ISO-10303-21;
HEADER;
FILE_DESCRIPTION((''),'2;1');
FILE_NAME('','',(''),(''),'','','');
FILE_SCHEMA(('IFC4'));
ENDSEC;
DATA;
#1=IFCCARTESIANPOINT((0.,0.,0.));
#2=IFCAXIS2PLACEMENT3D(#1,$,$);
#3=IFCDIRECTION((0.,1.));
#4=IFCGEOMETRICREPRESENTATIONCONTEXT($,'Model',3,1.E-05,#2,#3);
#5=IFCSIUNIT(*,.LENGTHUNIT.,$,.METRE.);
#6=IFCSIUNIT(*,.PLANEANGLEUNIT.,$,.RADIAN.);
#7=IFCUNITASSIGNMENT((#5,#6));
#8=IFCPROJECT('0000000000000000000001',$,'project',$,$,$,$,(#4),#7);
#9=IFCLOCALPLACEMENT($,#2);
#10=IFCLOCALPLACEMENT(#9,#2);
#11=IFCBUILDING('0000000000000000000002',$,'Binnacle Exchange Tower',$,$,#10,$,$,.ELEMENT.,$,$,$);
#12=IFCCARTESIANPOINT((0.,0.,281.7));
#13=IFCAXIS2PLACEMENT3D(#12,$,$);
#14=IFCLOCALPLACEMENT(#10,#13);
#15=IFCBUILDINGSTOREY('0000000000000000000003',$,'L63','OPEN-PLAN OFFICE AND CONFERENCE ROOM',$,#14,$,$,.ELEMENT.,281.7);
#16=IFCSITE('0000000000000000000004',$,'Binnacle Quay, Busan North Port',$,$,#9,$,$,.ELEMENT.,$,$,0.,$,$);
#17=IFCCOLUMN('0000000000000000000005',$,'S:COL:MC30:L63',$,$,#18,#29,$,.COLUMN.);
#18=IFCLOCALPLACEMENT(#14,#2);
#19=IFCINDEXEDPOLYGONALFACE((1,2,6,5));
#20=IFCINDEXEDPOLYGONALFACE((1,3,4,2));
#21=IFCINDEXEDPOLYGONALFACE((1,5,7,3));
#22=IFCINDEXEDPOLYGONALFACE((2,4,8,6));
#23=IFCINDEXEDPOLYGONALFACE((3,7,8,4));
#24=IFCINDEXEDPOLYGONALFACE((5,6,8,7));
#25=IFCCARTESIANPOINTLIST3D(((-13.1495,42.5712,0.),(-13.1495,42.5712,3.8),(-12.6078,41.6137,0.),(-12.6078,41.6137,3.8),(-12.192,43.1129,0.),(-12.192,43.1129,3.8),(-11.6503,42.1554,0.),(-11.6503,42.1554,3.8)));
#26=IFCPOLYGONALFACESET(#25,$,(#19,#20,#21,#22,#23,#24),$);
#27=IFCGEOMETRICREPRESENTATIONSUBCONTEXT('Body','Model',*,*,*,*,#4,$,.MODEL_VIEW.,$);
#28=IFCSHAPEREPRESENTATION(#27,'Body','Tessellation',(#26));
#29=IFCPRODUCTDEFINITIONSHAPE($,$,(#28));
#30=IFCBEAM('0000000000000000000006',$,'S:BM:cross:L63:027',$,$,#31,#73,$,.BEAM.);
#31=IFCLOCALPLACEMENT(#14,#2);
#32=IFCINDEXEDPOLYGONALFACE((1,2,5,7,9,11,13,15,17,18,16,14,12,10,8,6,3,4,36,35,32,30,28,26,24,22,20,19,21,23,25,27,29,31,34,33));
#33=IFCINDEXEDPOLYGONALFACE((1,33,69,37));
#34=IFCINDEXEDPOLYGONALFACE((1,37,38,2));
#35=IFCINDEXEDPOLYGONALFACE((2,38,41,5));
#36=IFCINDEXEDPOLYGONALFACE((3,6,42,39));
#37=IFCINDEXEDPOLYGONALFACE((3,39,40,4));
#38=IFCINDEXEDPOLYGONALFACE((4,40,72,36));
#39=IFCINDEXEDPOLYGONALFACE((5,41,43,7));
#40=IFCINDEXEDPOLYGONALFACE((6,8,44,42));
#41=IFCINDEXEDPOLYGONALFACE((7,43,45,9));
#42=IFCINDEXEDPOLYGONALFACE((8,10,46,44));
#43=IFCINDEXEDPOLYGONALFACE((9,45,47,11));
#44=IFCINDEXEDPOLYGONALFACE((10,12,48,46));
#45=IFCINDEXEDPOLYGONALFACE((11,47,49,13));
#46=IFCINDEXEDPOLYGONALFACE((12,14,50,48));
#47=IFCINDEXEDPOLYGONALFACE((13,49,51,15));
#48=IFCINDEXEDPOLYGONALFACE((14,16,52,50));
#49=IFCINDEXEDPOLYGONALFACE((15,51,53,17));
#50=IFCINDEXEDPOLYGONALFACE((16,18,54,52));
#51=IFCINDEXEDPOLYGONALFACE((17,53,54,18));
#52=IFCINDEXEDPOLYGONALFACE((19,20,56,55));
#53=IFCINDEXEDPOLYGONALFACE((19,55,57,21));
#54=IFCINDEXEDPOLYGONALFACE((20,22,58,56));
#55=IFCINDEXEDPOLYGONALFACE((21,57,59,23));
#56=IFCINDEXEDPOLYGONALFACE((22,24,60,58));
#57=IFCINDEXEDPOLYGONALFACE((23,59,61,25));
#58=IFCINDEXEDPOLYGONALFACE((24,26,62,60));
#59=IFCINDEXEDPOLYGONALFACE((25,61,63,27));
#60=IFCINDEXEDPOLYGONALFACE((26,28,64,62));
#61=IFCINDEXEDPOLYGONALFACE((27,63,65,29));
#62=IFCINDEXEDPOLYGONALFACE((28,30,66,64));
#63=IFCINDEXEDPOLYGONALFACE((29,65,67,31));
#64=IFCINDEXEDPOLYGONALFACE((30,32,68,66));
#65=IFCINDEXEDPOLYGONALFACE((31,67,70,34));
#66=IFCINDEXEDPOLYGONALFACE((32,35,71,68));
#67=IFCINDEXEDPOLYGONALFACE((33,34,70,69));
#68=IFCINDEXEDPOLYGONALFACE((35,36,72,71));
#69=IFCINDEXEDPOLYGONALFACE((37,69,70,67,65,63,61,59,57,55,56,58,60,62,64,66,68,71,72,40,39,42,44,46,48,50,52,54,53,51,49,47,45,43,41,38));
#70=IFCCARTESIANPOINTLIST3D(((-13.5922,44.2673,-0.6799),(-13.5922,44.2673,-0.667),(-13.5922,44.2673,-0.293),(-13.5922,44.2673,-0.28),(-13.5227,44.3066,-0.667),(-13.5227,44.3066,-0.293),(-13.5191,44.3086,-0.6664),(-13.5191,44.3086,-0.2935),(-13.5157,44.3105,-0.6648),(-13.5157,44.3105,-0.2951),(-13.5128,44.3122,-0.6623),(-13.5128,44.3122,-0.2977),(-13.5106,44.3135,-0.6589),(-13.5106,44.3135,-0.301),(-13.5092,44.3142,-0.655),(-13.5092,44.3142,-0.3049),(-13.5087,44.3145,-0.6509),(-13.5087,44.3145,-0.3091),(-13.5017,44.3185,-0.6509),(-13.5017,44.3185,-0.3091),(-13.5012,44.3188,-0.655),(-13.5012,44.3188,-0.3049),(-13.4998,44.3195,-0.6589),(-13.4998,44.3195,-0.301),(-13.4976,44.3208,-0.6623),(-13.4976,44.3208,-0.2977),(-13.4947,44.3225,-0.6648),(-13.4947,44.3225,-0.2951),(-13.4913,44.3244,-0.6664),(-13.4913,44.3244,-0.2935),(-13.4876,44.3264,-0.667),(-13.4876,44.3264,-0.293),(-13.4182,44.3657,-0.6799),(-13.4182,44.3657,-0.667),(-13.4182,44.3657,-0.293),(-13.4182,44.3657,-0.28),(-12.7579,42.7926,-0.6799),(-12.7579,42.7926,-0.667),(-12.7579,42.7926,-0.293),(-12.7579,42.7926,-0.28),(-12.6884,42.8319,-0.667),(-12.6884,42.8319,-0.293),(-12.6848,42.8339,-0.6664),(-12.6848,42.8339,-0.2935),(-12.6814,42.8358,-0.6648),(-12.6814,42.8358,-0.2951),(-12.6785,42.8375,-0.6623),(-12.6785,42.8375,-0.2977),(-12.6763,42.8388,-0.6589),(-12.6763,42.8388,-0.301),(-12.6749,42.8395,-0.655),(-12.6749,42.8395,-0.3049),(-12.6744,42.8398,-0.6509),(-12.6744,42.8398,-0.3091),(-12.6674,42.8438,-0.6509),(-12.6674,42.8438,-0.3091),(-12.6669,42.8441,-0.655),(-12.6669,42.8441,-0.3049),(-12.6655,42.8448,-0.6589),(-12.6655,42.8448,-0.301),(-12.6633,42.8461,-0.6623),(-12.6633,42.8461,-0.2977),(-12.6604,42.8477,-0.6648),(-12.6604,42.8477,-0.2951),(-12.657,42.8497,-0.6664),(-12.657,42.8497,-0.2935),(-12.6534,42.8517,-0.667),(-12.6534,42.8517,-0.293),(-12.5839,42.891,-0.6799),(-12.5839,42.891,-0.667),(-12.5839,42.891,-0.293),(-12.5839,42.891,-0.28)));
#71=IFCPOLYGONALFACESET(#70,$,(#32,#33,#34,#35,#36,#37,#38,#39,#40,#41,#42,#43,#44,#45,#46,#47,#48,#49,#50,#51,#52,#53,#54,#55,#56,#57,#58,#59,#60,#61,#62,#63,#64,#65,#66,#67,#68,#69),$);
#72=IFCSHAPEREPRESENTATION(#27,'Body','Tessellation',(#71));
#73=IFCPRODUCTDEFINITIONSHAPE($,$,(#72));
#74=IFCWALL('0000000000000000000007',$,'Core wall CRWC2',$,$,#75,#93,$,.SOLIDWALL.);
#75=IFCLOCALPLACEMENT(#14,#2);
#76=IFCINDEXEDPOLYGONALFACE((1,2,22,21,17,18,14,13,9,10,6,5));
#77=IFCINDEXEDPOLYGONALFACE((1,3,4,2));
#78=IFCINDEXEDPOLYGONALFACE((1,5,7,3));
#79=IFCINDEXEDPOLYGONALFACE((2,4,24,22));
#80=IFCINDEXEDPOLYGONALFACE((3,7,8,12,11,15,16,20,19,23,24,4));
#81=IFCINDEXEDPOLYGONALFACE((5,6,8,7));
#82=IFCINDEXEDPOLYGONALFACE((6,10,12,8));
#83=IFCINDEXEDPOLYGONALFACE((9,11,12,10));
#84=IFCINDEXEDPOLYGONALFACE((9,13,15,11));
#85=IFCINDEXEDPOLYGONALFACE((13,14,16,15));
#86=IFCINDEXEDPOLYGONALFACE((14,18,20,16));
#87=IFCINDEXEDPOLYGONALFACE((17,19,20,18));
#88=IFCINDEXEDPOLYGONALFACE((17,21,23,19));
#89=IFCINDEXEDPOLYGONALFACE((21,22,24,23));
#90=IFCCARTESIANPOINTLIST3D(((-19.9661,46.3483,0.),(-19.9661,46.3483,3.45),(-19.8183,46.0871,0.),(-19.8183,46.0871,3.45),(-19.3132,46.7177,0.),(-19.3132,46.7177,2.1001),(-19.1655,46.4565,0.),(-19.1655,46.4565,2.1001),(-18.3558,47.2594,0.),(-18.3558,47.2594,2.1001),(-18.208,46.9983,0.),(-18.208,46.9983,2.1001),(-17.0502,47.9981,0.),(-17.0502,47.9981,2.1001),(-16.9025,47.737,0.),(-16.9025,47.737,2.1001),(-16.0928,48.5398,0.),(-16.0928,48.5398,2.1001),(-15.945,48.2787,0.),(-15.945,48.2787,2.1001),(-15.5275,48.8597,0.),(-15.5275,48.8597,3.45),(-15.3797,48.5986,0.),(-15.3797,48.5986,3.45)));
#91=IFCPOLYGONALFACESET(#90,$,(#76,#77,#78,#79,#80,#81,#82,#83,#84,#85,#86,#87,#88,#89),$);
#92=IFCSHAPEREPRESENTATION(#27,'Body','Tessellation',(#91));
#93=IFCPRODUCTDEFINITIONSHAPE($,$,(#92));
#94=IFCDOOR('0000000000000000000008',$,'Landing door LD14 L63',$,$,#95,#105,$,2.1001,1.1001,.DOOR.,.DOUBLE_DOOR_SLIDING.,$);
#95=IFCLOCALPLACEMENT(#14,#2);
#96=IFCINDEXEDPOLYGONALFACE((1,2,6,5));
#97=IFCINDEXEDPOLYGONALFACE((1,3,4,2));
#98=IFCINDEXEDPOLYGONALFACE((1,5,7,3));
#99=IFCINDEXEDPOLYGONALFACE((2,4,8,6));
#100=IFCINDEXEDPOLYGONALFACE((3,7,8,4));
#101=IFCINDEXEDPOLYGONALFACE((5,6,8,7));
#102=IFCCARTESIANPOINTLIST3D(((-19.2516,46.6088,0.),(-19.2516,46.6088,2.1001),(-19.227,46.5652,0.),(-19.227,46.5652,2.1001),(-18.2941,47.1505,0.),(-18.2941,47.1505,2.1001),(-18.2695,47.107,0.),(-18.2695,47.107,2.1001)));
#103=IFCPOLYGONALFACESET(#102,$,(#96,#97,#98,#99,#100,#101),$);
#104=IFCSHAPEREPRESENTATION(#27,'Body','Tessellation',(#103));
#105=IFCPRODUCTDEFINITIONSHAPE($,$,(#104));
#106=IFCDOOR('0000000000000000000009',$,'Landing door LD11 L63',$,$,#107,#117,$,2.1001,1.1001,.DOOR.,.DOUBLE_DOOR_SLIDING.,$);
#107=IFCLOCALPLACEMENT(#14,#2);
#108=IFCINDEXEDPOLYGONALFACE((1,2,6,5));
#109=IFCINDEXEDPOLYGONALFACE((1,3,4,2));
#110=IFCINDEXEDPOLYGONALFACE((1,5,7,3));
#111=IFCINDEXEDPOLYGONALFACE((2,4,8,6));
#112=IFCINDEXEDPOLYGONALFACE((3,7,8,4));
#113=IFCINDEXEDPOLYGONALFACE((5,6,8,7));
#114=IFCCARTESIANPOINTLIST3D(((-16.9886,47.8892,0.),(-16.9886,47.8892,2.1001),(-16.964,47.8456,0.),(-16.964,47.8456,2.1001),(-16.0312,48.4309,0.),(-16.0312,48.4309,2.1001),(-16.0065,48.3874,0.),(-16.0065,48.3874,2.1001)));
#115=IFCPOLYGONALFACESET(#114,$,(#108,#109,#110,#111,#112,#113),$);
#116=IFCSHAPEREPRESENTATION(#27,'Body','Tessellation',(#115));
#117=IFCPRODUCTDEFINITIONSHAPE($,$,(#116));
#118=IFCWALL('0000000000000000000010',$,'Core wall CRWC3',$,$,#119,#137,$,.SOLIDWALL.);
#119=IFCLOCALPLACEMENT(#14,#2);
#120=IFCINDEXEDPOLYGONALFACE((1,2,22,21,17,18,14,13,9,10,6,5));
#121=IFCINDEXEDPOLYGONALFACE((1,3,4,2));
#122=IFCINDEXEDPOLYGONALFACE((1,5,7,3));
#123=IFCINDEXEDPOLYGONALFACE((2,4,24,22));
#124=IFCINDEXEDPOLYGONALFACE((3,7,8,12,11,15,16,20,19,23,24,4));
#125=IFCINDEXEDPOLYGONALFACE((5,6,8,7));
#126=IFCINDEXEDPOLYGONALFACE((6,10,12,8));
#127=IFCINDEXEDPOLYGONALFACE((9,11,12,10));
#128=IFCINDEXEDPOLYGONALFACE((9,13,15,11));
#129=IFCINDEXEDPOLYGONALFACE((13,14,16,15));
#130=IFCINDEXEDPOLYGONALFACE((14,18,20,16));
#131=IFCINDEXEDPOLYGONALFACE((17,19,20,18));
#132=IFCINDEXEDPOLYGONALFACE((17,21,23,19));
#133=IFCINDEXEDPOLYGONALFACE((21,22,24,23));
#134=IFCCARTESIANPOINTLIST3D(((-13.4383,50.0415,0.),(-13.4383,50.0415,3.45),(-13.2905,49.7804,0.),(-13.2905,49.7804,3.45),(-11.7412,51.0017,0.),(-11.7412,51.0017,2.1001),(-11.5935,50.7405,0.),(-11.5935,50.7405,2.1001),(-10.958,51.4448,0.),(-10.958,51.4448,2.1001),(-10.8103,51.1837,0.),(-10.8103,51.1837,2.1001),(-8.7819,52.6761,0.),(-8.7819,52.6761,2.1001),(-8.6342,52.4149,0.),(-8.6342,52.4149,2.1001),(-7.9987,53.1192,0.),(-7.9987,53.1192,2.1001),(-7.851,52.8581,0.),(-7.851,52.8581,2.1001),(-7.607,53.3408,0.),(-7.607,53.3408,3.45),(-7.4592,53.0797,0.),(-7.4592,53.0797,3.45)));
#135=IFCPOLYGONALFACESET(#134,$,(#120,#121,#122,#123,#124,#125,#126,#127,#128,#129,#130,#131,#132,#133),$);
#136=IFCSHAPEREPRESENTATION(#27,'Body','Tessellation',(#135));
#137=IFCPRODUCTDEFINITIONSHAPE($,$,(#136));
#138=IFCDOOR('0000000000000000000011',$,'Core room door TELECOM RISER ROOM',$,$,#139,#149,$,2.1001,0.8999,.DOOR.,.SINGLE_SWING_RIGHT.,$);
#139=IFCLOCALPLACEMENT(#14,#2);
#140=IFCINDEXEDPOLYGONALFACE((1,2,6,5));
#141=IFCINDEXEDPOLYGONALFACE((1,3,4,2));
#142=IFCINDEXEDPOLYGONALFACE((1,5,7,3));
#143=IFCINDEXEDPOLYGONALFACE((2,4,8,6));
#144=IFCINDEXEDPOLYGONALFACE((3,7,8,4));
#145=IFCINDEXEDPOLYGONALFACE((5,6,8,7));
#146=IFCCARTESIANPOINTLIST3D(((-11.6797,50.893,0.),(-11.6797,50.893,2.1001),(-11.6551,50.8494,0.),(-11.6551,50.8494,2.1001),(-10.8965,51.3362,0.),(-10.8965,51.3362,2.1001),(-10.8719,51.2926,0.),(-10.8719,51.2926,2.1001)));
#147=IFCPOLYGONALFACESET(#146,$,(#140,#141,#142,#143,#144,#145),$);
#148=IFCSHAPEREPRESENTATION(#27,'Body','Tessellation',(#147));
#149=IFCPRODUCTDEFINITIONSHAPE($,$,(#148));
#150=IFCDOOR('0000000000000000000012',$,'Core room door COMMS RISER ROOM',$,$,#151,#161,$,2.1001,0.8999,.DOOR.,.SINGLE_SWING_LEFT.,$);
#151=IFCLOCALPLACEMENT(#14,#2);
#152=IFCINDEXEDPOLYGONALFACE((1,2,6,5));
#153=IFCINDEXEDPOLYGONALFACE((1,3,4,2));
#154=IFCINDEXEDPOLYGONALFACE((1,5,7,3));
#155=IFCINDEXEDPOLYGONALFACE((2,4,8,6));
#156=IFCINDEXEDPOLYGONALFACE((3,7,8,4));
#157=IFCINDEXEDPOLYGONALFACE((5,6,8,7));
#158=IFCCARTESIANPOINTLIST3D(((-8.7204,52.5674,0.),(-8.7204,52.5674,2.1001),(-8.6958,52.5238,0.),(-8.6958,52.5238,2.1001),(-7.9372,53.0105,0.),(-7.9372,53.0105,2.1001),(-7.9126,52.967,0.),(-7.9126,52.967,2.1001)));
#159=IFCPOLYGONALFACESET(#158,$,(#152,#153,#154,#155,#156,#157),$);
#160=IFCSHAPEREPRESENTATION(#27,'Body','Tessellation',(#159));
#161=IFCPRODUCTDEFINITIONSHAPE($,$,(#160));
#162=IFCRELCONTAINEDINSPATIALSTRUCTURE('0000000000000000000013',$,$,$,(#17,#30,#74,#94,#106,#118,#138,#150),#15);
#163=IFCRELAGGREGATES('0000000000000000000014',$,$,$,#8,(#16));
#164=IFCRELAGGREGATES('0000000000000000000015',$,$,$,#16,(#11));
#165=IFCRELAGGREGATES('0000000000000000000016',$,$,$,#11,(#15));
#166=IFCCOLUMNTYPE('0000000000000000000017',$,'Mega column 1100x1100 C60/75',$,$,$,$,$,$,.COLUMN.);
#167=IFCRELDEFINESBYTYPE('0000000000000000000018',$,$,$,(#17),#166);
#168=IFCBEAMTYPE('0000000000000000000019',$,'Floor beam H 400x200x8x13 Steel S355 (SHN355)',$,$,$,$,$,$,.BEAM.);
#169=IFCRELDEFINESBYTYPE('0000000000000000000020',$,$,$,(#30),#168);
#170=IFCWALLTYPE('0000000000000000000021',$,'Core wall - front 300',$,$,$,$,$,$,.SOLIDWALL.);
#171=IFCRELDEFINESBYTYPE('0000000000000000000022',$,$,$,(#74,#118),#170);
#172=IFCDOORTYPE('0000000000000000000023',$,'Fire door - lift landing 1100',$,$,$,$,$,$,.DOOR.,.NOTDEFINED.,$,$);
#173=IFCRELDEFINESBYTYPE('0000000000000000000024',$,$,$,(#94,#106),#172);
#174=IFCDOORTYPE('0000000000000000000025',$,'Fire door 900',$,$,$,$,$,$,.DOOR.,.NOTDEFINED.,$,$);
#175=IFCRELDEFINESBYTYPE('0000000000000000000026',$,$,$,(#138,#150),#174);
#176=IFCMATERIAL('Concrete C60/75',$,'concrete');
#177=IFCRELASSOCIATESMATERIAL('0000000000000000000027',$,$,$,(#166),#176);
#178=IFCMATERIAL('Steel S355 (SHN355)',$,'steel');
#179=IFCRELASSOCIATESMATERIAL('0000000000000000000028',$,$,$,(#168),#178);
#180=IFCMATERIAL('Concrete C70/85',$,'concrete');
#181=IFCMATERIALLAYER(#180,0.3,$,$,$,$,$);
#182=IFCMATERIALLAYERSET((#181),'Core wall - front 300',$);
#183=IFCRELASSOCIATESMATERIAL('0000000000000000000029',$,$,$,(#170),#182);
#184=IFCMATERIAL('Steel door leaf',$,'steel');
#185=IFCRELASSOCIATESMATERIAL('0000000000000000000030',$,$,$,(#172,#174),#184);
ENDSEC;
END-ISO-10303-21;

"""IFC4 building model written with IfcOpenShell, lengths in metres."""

from ifc_helpers import new_model, si_unit, direction, frame, frame_2d, origin, origin_2d, place, context, subcontext, project, spatial, rectangle, i_section, extrude, material, layer, layer_set, material_profile, profile_set, type_object, element, fill, save


model = new_model("IFC4")

# Units and contexts
model_context = context("Model", 3, precision=1e-05, world=origin(), true_north=direction((0.0, 1.0)))
body_context = subcontext(model_context, "Body", "Model", "MODEL_VIEW")
ifc_project = project(units=[si_unit("LENGTHUNIT", "METRE"), si_unit("PLANEANGLEUNIT", "RADIAN")], contexts=[model_context])

# Site, building, storey
site_placement = place(None, origin())
site = spatial("IfcSite", under=ifc_project, at=site_placement, Name="Binnacle Quay, Busan North Port", CompositionType="ELEMENT", RefElevation=0.0)
building_placement = place(site_placement, origin())
building = spatial("IfcBuilding", under=site, at=building_placement, Name="Binnacle Exchange Tower", CompositionType="ELEMENT")
storey_placement = place(building_placement, frame((0.0, 0.0, 281.7)))
storey = spatial("IfcBuildingStorey", under=building, at=storey_placement, Name="L63", Description="OPEN-PLAN OFFICE AND CONFERENCE ROOM", CompositionType="ELEMENT", Elevation=281.7)

# Column
ifc_material_1 = material(Name="Concrete C60/75", Category="concrete")
ifc_material_profile_1 = material_profile(ifc_material_1, rectangle(XDim=1.1001, YDim=1.1001, at=origin_2d()), Name="Mega column 1100x1100 C60/75")
ifc_profile_set_1 = profile_set([ifc_material_profile_1], Name="Concrete C60/75")
column_type = type_object("IfcColumnType", Name="Mega column 1100x1100 C60/75", PredefinedType="COLUMN", material=ifc_profile_set_1)
column_placement = place(storey_placement, frame((-12.3999, 42.3633, 0.0), z_axis=(0.0, 0.0, 1.0), x_axis=(0.870356, 0.492424, 0.0)))
element("IfcColumn", 1, at=column_placement, inside=storey, type_object=column_type, Name="S:COL:MC30:L63", PredefinedType="COLUMN", context=body_context, shape_type="SweptSolid", body=[
    extrude(rectangle(XDim=1.1001, YDim=1.1001, at=origin_2d()), origin(), (0.0, 0.0, 1.0), 3.8),
])

# Beam
ifc_material_2 = material(Name="Steel S355 (SHN355)", Category="steel")
ifc_material_profile_2 = material_profile(ifc_material_2, i_section(OverallWidth=0.2, OverallDepth=0.3999, WebThickness=0.0081, FlangeThickness=0.0129, FilletRadius=0.0161, at=origin_2d()), Name="H 400x200x8x13")
ifc_profile_set_2 = profile_set([ifc_material_profile_2], Name="Steel S355 (SHN355)")
beam_type = type_object("IfcBeamType", Name="Floor beam H 400x200x8x13 Steel S355 (SHN355)", PredefinedType="BEAM", material=ifc_profile_set_2)
beam_placement = place(storey_placement, frame((-12.6709, 42.8418, -0.48), z_axis=(-0.492394, 0.870372, 0.0), x_axis=(-0.870372, -0.492394, 0.0)))
element("IfcBeam", 2, at=beam_placement, inside=storey, type_object=beam_type, Name="S:BM:cross:L63:027", PredefinedType="BEAM", context=body_context, shape_type="SweptSolid", body=[
    extrude(i_section(OverallWidth=0.2, OverallDepth=0.3999, WebThickness=0.0081, FlangeThickness=0.0129, FilletRadius=0.0161, at=origin_2d()), origin(), (0.0, 0.0, 1.0), 1.6943),
])

# Walls, openings, doors
ifc_material_3 = material(Name="Concrete C70/85", Category="concrete")
ifc_layer_1 = layer(ifc_material_3, 0.3)
ifc_layer_set_1 = layer_set([ifc_layer_1], Name="Core wall - front 300")
wall_type_1 = type_object("IfcWallType", Name="Core wall - front 300", PredefinedType="SOLIDWALL", material=ifc_layer_set_1)
wall_1_placement = place(storey_placement, frame((-19.8921, 46.2178, 0.0), z_axis=(0.0, 0.0, 1.0), x_axis=(0.870342, 0.492448, 0.0)))
wall_1 = element("IfcWall", 3, at=wall_1_placement, inside=storey, type_object=wall_type_1, Name="Core wall CRWC2", PredefinedType="SOLIDWALL", context=body_context, shape_type="SweptSolid", body=[
    extrude(rectangle(XDim=5.0999, YDim=0.3, at=frame_2d((2.5498, 0.0))), origin(), (0.0, 0.0, 1.0), 3.45),
])
opening_1_placement = place(wall_1_placement, frame((0.75, 0.0, 0.0)))
opening_1 = element("IfcOpeningElement", 4, at=opening_1_placement, cuts=wall_1, PredefinedType="OPENING", context=body_context, shape_type="SweptSolid", body=[
    extrude(rectangle(XDim=1.1001, YDim=2.1001, at=frame_2d((0.55, 1.05))), frame((0.0, 0.1599, 0.0), z_axis=(0.0, -1.0, 0.0), x_axis=(1.0, 0.0, 0.0)), (0.0, 0.0, 1.0), 0.3201),
])
opening_2_placement = place(wall_1_placement, frame((3.3501, 0.0, 0.0)))
opening_2 = element("IfcOpeningElement", 5, at=opening_2_placement, cuts=wall_1, PredefinedType="OPENING", context=body_context, shape_type="SweptSolid", body=[
    extrude(rectangle(XDim=1.1001, YDim=2.1001, at=frame_2d((0.55, 1.05))), frame((0.0, 0.1599, 0.0), z_axis=(0.0, -1.0, 0.0), x_axis=(1.0, 0.0, 0.0)), (0.0, 0.0, 1.0), 0.3201),
])
ifc_material_4 = material(Name="Steel door leaf", Category="steel")
door_type_1 = type_object("IfcDoorType", Name="Fire door - lift landing 1100", OperationType="NOTDEFINED", PredefinedType="DOOR", material=ifc_material_4)
door_1_placement = place(opening_1_placement, origin())
door_1 = element("IfcDoor", 6, at=door_1_placement, inside=storey, type_object=door_type_1, Name="Landing door LD14 L63", OperationType="DOUBLE_DOOR_SLIDING", OverallHeight=2.1001, OverallWidth=1.1001, PredefinedType="DOOR", context=body_context, shape_type="SweptSolid", body=[
    extrude(rectangle(XDim=1.1001, YDim=2.1001, at=frame_2d((0.55, 1.05))), frame((0.0, 0.0249, 0.0), z_axis=(0.0, -1.0, 0.0), x_axis=(1.0, 0.0, 0.0)), (0.0, 0.0, 1.0), 0.05),
])
fill(opening_1, door_1)
door_2_placement = place(opening_2_placement, origin())
door_2 = element("IfcDoor", 7, at=door_2_placement, inside=storey, type_object=door_type_1, Name="Landing door LD11 L63", OperationType="DOUBLE_DOOR_SLIDING", OverallHeight=2.1001, OverallWidth=1.1001, PredefinedType="DOOR", context=body_context, shape_type="SweptSolid", body=[
    extrude(rectangle(XDim=1.1001, YDim=2.1001, at=frame_2d((0.55, 1.05))), frame((0.0, 0.0249, 0.0), z_axis=(0.0, -1.0, 0.0), x_axis=(1.0, 0.0, 0.0)), (0.0, 0.0, 1.0), 0.05),
])
fill(opening_2, door_2)
wall_2_placement = place(storey_placement, frame((-13.3645, 49.9109, 0.0), z_axis=(0.0, 0.0, 1.0), x_axis=(0.870348, 0.492438, 0.0)))
wall_2 = element("IfcWall", 8, at=wall_2_placement, inside=storey, type_object=wall_type_1, Name="Core wall CRWC3", PredefinedType="SOLIDWALL", context=body_context, shape_type="SweptSolid", body=[
    extrude(rectangle(XDim=6.7, YDim=0.3, at=frame_2d((3.3501, 0.0))), origin(), (0.0, 0.0, 1.0), 3.45),
])
opening_3_placement = place(wall_2_placement, frame((1.95, 0.0, 0.0)))
opening_3 = element("IfcOpeningElement", 9, at=opening_3_placement, cuts=wall_2, PredefinedType="OPENING", context=body_context, shape_type="SweptSolid", body=[
    extrude(rectangle(XDim=0.8999, YDim=2.1001, at=frame_2d((0.45, 1.05))), frame((0.0, 0.1599, 0.0), z_axis=(0.0, -1.0, 0.0), x_axis=(1.0, 0.0, 0.0)), (0.0, 0.0, 1.0), 0.3201),
])
opening_4_placement = place(wall_2_placement, frame((5.3501, 0.0, 0.0)))
opening_4 = element("IfcOpeningElement", 10, at=opening_4_placement, cuts=wall_2, PredefinedType="OPENING", context=body_context, shape_type="SweptSolid", body=[
    extrude(rectangle(XDim=0.8999, YDim=2.1001, at=frame_2d((0.45, 1.05))), frame((0.0, 0.1599, 0.0), z_axis=(0.0, -1.0, 0.0), x_axis=(1.0, 0.0, 0.0)), (0.0, 0.0, 1.0), 0.3201),
])
door_type_2 = type_object("IfcDoorType", Name="Fire door 900", OperationType="NOTDEFINED", PredefinedType="DOOR", material=ifc_material_4)
door_3_placement = place(opening_3_placement, frame((0.8999, 0.0, 0.0), z_axis=(0.0, 0.0, 1.0), x_axis=(-1.0, 0.0, 0.0)))
door_3 = element("IfcDoor", 11, at=door_3_placement, inside=storey, type_object=door_type_2, Name="Core room door TELECOM RISER ROOM", OperationType="SINGLE_SWING_RIGHT", OverallHeight=2.1001, OverallWidth=0.8999, PredefinedType="DOOR", context=body_context, shape_type="SweptSolid", body=[
    extrude(rectangle(XDim=0.8999, YDim=2.1001, at=frame_2d((0.45, 1.05))), frame((0.0, 0.0249, 0.0), z_axis=(0.0, -1.0, 0.0), x_axis=(1.0, 0.0, 0.0)), (0.0, 0.0, 1.0), 0.05),
])
fill(opening_3, door_3)
door_4_placement = place(opening_4_placement, frame((0.8999, 0.0, 0.0), z_axis=(0.0, 0.0, 1.0), x_axis=(-1.0, 0.0, 0.0)))
door_4 = element("IfcDoor", 12, at=door_4_placement, inside=storey, type_object=door_type_2, Name="Core room door COMMS RISER ROOM", OperationType="SINGLE_SWING_LEFT", OverallHeight=2.1001, OverallWidth=0.8999, PredefinedType="DOOR", context=body_context, shape_type="SweptSolid", body=[
    extrude(rectangle(XDim=0.8999, YDim=2.1001, at=frame_2d((0.45, 1.05))), frame((0.0, 0.0249, 0.0), z_axis=(0.0, -1.0, 0.0), x_axis=(1.0, 0.0, 0.0)), (0.0, 0.0, 1.0), 0.05),
])
fill(opening_4, door_4)

save(model, "model.ifc")
